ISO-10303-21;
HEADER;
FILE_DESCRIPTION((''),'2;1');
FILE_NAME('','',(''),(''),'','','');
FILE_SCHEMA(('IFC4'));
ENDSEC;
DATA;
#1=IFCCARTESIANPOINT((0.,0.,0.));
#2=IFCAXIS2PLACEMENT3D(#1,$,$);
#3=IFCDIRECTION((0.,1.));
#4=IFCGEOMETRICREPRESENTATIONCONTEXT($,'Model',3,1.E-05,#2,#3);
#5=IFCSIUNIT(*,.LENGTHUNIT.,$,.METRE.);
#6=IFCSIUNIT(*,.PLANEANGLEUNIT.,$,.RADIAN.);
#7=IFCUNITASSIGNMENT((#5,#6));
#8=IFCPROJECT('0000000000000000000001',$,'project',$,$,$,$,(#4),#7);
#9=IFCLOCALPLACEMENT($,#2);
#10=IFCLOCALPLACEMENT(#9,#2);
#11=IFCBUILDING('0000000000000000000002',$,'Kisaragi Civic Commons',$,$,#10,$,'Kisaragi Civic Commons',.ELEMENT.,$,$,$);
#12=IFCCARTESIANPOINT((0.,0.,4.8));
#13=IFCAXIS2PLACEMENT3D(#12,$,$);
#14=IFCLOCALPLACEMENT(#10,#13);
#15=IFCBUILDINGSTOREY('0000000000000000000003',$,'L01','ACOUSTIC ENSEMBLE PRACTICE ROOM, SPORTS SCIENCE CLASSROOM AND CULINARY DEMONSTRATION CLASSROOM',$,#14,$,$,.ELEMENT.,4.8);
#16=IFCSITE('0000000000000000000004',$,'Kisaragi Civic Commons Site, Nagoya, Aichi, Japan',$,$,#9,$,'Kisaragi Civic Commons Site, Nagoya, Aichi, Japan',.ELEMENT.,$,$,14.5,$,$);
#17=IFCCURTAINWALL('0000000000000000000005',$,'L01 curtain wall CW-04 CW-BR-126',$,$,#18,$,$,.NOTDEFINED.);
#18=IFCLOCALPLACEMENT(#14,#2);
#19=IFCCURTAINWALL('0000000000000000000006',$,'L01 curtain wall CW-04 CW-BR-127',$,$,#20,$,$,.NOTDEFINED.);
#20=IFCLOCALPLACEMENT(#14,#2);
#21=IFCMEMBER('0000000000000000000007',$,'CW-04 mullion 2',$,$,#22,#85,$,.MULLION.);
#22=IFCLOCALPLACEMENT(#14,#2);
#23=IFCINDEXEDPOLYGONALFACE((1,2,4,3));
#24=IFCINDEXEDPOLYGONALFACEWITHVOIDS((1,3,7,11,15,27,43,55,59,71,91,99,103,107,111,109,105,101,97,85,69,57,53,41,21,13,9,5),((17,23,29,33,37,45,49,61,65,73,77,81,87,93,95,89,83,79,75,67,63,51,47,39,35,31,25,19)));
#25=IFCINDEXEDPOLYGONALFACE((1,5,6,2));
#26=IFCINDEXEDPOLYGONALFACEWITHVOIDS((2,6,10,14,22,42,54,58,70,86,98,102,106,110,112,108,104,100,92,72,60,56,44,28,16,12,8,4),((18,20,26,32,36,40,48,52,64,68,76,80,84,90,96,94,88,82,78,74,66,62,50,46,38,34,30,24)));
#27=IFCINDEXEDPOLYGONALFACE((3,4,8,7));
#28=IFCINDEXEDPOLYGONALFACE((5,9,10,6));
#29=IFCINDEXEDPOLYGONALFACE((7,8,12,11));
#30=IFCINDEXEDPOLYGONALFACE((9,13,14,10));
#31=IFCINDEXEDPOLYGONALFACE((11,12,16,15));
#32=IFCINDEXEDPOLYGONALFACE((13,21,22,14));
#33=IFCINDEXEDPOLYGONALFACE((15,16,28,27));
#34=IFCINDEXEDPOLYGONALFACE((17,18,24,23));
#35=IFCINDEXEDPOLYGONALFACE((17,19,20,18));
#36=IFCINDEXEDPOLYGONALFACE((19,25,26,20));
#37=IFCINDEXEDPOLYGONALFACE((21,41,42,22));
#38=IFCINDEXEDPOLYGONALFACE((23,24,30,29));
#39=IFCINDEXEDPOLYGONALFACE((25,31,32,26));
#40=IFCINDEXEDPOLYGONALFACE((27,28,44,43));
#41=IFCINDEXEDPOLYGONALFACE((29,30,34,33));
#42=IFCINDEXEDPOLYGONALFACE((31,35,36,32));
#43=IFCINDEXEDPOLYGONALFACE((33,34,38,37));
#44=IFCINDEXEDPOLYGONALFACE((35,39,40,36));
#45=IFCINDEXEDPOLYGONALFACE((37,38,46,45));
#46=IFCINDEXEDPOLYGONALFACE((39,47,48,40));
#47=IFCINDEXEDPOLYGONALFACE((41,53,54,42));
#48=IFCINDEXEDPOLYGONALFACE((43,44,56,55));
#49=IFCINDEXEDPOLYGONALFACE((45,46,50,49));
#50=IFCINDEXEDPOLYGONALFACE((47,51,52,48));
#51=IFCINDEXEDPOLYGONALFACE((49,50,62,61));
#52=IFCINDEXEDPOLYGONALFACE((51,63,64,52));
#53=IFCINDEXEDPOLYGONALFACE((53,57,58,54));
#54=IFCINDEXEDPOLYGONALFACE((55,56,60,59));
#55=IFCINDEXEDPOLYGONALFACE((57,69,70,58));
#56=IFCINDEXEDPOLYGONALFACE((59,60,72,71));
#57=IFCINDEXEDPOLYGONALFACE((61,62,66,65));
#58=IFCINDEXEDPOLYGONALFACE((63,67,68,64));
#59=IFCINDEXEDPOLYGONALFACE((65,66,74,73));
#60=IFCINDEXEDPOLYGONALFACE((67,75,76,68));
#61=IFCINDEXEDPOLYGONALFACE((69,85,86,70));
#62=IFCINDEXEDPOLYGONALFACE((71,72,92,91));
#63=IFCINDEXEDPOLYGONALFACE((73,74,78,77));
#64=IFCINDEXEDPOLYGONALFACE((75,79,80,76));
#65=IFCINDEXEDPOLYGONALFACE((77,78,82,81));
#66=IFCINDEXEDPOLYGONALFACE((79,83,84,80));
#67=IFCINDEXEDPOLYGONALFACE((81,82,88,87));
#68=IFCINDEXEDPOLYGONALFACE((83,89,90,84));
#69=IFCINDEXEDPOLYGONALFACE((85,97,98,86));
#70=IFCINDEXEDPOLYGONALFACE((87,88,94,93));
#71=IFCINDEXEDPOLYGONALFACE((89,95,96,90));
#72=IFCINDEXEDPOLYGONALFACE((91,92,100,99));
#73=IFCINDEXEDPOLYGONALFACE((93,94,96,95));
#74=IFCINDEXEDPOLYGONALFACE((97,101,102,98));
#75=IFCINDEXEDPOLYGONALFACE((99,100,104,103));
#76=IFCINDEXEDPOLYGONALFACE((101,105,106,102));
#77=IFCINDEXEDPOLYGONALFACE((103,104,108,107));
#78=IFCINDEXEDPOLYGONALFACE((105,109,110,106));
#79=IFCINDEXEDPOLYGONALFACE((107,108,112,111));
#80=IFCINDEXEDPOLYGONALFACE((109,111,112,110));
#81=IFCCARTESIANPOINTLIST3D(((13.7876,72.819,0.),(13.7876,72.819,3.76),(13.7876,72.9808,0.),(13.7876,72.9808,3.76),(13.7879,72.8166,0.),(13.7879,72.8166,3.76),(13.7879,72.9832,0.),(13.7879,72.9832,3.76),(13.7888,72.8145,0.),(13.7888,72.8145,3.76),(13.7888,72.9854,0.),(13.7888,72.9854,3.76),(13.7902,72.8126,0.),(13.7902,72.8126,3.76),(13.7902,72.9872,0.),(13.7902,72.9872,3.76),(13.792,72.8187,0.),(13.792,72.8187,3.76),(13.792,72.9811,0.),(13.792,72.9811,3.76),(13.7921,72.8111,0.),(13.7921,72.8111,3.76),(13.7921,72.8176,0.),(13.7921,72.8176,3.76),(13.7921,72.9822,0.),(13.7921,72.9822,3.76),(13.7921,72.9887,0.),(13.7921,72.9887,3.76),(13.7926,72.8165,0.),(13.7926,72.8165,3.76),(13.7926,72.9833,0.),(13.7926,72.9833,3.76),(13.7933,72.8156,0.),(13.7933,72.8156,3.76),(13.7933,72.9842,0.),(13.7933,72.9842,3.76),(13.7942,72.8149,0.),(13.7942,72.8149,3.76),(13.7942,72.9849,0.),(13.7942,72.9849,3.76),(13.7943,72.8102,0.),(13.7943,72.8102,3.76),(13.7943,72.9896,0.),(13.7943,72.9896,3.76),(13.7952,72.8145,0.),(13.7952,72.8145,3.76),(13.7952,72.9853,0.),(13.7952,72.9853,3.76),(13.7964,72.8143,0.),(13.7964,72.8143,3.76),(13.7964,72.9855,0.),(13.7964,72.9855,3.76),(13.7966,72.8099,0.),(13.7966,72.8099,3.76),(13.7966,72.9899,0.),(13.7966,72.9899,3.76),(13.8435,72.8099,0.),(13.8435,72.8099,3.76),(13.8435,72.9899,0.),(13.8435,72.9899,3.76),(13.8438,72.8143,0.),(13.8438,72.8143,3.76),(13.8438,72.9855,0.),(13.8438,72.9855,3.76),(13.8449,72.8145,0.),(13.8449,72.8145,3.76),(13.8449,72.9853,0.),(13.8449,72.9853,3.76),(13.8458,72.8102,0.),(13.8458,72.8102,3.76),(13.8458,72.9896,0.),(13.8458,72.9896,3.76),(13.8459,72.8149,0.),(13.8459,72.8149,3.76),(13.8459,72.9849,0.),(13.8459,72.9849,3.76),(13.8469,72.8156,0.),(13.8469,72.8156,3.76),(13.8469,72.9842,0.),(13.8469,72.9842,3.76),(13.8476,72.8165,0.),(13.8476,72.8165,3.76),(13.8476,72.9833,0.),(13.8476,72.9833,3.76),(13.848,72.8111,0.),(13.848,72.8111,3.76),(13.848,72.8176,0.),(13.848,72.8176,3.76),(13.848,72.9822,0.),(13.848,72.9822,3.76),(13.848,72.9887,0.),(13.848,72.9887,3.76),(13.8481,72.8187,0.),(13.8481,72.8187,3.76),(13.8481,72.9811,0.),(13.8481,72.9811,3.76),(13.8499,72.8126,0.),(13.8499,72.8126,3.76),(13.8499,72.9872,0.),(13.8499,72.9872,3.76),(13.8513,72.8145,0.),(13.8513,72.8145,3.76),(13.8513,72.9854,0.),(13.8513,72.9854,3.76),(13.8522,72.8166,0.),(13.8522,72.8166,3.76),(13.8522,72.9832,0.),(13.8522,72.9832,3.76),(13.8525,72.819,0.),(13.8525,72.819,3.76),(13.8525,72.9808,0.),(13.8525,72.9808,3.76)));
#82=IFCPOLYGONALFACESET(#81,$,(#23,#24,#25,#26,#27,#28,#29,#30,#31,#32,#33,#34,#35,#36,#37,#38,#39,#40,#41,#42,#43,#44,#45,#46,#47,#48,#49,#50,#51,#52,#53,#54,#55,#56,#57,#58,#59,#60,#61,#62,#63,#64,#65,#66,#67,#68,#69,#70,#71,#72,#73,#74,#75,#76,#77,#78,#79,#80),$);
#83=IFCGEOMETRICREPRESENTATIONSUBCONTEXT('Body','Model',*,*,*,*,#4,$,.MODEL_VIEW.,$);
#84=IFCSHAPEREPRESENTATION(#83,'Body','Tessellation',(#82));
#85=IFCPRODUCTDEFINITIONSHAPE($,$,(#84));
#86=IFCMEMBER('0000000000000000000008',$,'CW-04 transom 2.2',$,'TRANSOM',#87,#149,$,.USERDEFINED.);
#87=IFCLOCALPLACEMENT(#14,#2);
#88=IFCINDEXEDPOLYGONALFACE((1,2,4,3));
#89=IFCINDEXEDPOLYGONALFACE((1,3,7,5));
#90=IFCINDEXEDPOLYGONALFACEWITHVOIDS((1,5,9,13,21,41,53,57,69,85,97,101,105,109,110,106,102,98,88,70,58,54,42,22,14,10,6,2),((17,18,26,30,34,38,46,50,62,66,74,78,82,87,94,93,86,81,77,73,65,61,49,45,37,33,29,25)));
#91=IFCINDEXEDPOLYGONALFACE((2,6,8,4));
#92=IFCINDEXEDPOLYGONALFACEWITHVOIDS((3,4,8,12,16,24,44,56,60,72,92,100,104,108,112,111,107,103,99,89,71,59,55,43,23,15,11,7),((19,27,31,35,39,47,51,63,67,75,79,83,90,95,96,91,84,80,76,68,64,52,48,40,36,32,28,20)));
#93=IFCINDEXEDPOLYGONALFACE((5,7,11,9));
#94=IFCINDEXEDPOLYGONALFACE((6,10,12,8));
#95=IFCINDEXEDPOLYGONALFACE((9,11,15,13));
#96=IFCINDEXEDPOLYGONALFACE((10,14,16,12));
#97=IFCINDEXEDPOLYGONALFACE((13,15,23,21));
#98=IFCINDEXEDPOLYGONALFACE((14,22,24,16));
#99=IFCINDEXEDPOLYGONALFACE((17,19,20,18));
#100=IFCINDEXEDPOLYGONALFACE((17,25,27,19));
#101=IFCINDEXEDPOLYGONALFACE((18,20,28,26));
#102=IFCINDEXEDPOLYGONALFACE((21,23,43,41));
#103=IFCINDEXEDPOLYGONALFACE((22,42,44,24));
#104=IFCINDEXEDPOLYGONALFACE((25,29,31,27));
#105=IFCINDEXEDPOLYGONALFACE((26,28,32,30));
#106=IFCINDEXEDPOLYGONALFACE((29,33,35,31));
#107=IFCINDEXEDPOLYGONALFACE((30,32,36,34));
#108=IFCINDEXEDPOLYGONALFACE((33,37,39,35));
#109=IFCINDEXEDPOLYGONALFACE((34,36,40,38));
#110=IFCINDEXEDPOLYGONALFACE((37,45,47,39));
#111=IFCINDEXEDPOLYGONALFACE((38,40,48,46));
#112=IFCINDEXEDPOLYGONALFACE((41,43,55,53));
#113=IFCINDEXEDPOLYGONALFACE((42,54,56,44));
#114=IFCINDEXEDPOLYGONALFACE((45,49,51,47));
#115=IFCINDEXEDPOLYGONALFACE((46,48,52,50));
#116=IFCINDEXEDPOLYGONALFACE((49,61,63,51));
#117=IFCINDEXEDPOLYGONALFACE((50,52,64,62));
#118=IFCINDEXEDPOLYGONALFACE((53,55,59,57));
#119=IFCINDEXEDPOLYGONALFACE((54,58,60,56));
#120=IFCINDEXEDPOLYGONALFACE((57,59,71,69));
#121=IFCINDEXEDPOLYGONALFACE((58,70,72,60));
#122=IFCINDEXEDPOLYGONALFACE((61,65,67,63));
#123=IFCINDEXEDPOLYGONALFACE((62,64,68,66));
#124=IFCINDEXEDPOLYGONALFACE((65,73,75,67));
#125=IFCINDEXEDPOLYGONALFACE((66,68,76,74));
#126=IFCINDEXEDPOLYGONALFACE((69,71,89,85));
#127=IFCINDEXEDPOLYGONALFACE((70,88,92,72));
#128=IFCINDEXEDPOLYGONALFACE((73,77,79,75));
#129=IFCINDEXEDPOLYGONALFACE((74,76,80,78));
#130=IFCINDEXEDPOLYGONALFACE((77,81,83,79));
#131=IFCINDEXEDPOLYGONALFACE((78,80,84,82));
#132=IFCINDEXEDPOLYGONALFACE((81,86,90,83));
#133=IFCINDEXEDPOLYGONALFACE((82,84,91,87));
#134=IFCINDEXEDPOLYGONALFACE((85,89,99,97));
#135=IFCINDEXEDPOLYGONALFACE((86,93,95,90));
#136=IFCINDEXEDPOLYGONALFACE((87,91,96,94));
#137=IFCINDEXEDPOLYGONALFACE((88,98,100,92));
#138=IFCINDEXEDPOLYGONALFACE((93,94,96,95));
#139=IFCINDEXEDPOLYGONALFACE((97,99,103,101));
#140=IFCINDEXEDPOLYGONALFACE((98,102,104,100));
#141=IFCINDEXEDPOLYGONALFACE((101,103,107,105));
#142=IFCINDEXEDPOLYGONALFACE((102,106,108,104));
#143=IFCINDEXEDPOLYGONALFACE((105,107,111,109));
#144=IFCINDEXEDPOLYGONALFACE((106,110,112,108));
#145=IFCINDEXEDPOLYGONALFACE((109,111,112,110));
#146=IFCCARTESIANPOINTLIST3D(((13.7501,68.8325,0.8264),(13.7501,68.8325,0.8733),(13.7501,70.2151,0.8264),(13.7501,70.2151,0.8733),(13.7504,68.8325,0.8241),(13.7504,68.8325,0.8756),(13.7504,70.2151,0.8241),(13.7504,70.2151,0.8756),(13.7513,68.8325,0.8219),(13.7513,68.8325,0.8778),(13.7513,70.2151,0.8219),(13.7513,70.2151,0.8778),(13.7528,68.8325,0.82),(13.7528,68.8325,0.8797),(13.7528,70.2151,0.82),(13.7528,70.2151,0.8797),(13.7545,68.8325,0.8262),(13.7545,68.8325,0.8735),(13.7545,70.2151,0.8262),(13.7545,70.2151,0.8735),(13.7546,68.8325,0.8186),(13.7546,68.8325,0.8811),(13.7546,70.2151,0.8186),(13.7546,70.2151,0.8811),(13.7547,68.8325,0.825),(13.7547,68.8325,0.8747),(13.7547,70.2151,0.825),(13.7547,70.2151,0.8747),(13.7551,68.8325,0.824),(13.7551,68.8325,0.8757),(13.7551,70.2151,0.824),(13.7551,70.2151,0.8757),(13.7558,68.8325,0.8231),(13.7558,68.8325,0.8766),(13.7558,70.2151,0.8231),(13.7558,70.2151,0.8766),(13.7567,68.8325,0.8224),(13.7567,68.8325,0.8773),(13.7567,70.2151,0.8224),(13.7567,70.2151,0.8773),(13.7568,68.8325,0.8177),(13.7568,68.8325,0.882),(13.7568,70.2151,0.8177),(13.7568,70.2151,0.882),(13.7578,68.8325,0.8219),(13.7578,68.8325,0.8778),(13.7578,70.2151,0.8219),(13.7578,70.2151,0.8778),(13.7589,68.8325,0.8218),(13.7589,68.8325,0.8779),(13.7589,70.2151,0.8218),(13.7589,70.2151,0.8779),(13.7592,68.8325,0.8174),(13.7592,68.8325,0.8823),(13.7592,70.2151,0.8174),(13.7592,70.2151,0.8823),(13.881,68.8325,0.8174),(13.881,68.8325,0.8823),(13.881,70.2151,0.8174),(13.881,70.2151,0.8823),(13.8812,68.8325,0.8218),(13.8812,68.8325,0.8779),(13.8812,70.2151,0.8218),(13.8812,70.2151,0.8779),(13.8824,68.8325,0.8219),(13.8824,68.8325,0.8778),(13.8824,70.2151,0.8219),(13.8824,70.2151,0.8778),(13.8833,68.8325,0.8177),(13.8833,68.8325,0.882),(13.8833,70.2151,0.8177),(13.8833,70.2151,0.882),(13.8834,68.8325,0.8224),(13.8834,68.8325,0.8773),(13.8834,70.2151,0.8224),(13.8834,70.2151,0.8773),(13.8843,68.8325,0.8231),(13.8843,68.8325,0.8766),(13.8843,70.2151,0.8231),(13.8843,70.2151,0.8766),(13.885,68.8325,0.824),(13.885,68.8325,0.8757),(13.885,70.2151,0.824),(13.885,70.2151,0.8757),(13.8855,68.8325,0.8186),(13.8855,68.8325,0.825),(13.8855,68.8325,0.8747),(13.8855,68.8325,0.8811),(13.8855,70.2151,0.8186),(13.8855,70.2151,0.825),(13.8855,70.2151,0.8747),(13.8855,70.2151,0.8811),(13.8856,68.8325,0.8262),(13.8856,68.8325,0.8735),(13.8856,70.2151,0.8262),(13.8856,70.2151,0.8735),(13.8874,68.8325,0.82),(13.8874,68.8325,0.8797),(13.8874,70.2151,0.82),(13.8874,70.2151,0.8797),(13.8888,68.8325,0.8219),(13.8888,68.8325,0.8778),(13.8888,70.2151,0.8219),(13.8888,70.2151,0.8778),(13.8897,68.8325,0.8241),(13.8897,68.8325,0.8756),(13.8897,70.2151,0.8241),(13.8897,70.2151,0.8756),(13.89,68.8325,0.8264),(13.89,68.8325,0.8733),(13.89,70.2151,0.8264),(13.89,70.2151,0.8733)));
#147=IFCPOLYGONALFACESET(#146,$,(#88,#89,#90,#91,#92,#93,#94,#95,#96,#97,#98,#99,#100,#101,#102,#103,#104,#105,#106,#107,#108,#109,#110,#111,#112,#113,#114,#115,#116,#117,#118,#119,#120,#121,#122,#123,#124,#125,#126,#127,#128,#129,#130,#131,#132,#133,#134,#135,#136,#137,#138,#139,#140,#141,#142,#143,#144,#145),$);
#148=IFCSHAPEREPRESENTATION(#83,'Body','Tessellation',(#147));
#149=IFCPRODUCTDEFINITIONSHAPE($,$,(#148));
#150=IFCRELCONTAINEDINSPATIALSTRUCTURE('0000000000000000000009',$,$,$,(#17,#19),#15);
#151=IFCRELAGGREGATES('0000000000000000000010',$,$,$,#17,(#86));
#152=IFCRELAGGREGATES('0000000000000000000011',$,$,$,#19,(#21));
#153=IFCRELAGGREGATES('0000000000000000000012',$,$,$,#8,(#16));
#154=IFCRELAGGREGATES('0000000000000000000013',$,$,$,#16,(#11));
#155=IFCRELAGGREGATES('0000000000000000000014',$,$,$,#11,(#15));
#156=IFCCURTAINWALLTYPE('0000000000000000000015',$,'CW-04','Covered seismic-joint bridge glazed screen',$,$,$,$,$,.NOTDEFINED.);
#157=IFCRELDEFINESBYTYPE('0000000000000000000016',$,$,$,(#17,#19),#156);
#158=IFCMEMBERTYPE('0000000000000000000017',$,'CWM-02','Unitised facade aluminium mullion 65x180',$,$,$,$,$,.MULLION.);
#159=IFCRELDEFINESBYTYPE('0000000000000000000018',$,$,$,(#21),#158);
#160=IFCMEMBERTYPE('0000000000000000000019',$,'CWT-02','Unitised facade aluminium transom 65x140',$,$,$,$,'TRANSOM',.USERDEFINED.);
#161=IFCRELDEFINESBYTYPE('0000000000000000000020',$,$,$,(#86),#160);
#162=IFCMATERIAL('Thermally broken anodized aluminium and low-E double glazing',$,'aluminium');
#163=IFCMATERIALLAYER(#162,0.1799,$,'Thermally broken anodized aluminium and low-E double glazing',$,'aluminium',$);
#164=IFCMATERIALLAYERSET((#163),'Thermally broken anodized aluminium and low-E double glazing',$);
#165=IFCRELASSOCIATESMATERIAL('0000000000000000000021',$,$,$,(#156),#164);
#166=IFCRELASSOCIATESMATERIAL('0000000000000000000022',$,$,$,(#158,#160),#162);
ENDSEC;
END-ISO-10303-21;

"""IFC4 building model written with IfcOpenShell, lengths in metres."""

from ifc_helpers import new_model, si_unit, direction, frame, origin, origin_2d, place, context, subcontext, project, spatial, hollow_rectangle, extrude, material, layer, layer_set, material_profile, profile_set, type_object, element, aggregate, save


model = new_model("IFC4")

# Units and contexts
model_context = context("Model", 3, precision=1e-05, world=origin(), true_north=direction((0.0, 1.0)))
body_context = subcontext(model_context, "Body", "Model", "MODEL_VIEW")
ifc_project = project(units=[si_unit("LENGTHUNIT", "METRE"), si_unit("PLANEANGLEUNIT", "RADIAN")], contexts=[model_context])

# Site, building, storey
site_placement = place(None, origin())
site = spatial("IfcSite", under=ifc_project, at=site_placement, Name="Kisaragi Civic Commons Site, Nagoya, Aichi, Japan", LongName="Kisaragi Civic Commons Site, Nagoya, Aichi, Japan", CompositionType="ELEMENT", RefElevation=14.5)
building_placement = place(site_placement, origin())
building = spatial("IfcBuilding", under=site, at=building_placement, Name="Kisaragi Civic Commons", LongName="Kisaragi Civic Commons", CompositionType="ELEMENT")
storey_placement = place(building_placement, frame((0.0, 0.0, 4.8)))
storey = spatial("IfcBuildingStorey", under=building, at=storey_placement, Name="L01", Description="ACOUSTIC ENSEMBLE PRACTICE ROOM, SPORTS SCIENCE CLASSROOM AND CULINARY DEMONSTRATION CLASSROOM", CompositionType="ELEMENT", Elevation=4.8)

# Curtain wall
ifc_material_1 = material(Name="Thermally broken anodized aluminium and low-E double glazing", Category="aluminium")
ifc_layer_1 = layer(ifc_material_1, 0.1799, Name="Thermally broken anodized aluminium and low-E double glazing", Category="aluminium")
ifc_layer_set_1 = layer_set([ifc_layer_1], Name="Thermally broken anodized aluminium and low-E double glazing")
curtain_wall_type = type_object("IfcCurtainWallType", Name="CW-04", Description="Covered seismic-joint bridge glazed screen", PredefinedType="NOTDEFINED", material=ifc_layer_set_1)
curtain_wall_1_placement = place(storey_placement, origin())
curtain_wall_1 = element("IfcCurtainWall", 1, at=curtain_wall_1_placement, inside=storey, type_object=curtain_wall_type, Name="L01 curtain wall CW-04 CW-BR-126", PredefinedType="NOTDEFINED")
ifc_material_profile_1 = material_profile(ifc_material_1, hollow_rectangle(XDim=0.0649, YDim=0.1799, WallThickness=0.0044, InnerFilletRadius=0.0044, OuterFilletRadius=0.009, at=origin_2d()), Name="CWM-65x180x4.5", Category="aluminium")
ifc_profile_set_1 = profile_set([ifc_material_profile_1], Name="Thermally broken anodized aluminium and low-E double glazing")
member_type_1 = type_object("IfcMemberType", Name="CWM-02", Description="Unitised facade aluminium mullion 65x180", PredefinedType="MULLION", material=ifc_profile_set_1)

# Curtain wall, member
curtain_wall_2_placement = place(storey_placement, origin())
curtain_wall_2 = element("IfcCurtainWall", 2, at=curtain_wall_2_placement, inside=storey, type_object=curtain_wall_type, Name="L01 curtain wall CW-04 CW-BR-127", PredefinedType="NOTDEFINED")
member_1_placement = place(storey_placement, frame((13.8201, 72.8999, 0.0), z_axis=(0.0, 0.0, 1.0), x_axis=(-1.0, 0.0, 0.0)))
member_1 = element("IfcMember", 3, at=member_1_placement, type_object=member_type_1, Name="CW-04 mullion 2", PredefinedType="MULLION", context=body_context, shape_type="SweptSolid", body=[
    extrude(hollow_rectangle(XDim=0.0649, YDim=0.1799, WallThickness=0.0044, InnerFilletRadius=0.0044, OuterFilletRadius=0.009, at=origin_2d()), origin(), (0.0, 0.0, 1.0), 3.76),
])

# Member
ifc_material_profile_2 = material_profile(ifc_material_1, hollow_rectangle(XDim=0.1399, YDim=0.0649, WallThickness=0.0044, InnerFilletRadius=0.0044, OuterFilletRadius=0.009, at=origin_2d()), Name="CWT-65x140x4.5", Category="aluminium")
ifc_profile_set_2 = profile_set([ifc_material_profile_2], Name="Thermally broken anodized aluminium and low-E double glazing")
member_type_2 = type_object("IfcMemberType", Name="CWT-02", Description="Unitised facade aluminium transom 65x140", ElementType="TRANSOM", PredefinedType="USERDEFINED", material=ifc_profile_set_2)
member_2_placement = place(storey_placement, frame((13.8201, 68.8325, 0.8499), z_axis=(0.0, 1.0, 0.0), x_axis=(-1.0, 0.0, 0.0)))
member_2 = element("IfcMember", 4, at=member_2_placement, type_object=member_type_2, Name="CW-04 transom 2.2", ObjectType="TRANSOM", PredefinedType="USERDEFINED", context=body_context, shape_type="SweptSolid", body=[
    extrude(hollow_rectangle(XDim=0.1399, YDim=0.0649, WallThickness=0.0044, InnerFilletRadius=0.0044, OuterFilletRadius=0.009, at=origin_2d()), origin(), (0.0, 0.0, 1.0), 1.3826),
])

aggregate(curtain_wall_1, [member_2])
aggregate(curtain_wall_2, [member_1])

save(model, "model.ifc")
